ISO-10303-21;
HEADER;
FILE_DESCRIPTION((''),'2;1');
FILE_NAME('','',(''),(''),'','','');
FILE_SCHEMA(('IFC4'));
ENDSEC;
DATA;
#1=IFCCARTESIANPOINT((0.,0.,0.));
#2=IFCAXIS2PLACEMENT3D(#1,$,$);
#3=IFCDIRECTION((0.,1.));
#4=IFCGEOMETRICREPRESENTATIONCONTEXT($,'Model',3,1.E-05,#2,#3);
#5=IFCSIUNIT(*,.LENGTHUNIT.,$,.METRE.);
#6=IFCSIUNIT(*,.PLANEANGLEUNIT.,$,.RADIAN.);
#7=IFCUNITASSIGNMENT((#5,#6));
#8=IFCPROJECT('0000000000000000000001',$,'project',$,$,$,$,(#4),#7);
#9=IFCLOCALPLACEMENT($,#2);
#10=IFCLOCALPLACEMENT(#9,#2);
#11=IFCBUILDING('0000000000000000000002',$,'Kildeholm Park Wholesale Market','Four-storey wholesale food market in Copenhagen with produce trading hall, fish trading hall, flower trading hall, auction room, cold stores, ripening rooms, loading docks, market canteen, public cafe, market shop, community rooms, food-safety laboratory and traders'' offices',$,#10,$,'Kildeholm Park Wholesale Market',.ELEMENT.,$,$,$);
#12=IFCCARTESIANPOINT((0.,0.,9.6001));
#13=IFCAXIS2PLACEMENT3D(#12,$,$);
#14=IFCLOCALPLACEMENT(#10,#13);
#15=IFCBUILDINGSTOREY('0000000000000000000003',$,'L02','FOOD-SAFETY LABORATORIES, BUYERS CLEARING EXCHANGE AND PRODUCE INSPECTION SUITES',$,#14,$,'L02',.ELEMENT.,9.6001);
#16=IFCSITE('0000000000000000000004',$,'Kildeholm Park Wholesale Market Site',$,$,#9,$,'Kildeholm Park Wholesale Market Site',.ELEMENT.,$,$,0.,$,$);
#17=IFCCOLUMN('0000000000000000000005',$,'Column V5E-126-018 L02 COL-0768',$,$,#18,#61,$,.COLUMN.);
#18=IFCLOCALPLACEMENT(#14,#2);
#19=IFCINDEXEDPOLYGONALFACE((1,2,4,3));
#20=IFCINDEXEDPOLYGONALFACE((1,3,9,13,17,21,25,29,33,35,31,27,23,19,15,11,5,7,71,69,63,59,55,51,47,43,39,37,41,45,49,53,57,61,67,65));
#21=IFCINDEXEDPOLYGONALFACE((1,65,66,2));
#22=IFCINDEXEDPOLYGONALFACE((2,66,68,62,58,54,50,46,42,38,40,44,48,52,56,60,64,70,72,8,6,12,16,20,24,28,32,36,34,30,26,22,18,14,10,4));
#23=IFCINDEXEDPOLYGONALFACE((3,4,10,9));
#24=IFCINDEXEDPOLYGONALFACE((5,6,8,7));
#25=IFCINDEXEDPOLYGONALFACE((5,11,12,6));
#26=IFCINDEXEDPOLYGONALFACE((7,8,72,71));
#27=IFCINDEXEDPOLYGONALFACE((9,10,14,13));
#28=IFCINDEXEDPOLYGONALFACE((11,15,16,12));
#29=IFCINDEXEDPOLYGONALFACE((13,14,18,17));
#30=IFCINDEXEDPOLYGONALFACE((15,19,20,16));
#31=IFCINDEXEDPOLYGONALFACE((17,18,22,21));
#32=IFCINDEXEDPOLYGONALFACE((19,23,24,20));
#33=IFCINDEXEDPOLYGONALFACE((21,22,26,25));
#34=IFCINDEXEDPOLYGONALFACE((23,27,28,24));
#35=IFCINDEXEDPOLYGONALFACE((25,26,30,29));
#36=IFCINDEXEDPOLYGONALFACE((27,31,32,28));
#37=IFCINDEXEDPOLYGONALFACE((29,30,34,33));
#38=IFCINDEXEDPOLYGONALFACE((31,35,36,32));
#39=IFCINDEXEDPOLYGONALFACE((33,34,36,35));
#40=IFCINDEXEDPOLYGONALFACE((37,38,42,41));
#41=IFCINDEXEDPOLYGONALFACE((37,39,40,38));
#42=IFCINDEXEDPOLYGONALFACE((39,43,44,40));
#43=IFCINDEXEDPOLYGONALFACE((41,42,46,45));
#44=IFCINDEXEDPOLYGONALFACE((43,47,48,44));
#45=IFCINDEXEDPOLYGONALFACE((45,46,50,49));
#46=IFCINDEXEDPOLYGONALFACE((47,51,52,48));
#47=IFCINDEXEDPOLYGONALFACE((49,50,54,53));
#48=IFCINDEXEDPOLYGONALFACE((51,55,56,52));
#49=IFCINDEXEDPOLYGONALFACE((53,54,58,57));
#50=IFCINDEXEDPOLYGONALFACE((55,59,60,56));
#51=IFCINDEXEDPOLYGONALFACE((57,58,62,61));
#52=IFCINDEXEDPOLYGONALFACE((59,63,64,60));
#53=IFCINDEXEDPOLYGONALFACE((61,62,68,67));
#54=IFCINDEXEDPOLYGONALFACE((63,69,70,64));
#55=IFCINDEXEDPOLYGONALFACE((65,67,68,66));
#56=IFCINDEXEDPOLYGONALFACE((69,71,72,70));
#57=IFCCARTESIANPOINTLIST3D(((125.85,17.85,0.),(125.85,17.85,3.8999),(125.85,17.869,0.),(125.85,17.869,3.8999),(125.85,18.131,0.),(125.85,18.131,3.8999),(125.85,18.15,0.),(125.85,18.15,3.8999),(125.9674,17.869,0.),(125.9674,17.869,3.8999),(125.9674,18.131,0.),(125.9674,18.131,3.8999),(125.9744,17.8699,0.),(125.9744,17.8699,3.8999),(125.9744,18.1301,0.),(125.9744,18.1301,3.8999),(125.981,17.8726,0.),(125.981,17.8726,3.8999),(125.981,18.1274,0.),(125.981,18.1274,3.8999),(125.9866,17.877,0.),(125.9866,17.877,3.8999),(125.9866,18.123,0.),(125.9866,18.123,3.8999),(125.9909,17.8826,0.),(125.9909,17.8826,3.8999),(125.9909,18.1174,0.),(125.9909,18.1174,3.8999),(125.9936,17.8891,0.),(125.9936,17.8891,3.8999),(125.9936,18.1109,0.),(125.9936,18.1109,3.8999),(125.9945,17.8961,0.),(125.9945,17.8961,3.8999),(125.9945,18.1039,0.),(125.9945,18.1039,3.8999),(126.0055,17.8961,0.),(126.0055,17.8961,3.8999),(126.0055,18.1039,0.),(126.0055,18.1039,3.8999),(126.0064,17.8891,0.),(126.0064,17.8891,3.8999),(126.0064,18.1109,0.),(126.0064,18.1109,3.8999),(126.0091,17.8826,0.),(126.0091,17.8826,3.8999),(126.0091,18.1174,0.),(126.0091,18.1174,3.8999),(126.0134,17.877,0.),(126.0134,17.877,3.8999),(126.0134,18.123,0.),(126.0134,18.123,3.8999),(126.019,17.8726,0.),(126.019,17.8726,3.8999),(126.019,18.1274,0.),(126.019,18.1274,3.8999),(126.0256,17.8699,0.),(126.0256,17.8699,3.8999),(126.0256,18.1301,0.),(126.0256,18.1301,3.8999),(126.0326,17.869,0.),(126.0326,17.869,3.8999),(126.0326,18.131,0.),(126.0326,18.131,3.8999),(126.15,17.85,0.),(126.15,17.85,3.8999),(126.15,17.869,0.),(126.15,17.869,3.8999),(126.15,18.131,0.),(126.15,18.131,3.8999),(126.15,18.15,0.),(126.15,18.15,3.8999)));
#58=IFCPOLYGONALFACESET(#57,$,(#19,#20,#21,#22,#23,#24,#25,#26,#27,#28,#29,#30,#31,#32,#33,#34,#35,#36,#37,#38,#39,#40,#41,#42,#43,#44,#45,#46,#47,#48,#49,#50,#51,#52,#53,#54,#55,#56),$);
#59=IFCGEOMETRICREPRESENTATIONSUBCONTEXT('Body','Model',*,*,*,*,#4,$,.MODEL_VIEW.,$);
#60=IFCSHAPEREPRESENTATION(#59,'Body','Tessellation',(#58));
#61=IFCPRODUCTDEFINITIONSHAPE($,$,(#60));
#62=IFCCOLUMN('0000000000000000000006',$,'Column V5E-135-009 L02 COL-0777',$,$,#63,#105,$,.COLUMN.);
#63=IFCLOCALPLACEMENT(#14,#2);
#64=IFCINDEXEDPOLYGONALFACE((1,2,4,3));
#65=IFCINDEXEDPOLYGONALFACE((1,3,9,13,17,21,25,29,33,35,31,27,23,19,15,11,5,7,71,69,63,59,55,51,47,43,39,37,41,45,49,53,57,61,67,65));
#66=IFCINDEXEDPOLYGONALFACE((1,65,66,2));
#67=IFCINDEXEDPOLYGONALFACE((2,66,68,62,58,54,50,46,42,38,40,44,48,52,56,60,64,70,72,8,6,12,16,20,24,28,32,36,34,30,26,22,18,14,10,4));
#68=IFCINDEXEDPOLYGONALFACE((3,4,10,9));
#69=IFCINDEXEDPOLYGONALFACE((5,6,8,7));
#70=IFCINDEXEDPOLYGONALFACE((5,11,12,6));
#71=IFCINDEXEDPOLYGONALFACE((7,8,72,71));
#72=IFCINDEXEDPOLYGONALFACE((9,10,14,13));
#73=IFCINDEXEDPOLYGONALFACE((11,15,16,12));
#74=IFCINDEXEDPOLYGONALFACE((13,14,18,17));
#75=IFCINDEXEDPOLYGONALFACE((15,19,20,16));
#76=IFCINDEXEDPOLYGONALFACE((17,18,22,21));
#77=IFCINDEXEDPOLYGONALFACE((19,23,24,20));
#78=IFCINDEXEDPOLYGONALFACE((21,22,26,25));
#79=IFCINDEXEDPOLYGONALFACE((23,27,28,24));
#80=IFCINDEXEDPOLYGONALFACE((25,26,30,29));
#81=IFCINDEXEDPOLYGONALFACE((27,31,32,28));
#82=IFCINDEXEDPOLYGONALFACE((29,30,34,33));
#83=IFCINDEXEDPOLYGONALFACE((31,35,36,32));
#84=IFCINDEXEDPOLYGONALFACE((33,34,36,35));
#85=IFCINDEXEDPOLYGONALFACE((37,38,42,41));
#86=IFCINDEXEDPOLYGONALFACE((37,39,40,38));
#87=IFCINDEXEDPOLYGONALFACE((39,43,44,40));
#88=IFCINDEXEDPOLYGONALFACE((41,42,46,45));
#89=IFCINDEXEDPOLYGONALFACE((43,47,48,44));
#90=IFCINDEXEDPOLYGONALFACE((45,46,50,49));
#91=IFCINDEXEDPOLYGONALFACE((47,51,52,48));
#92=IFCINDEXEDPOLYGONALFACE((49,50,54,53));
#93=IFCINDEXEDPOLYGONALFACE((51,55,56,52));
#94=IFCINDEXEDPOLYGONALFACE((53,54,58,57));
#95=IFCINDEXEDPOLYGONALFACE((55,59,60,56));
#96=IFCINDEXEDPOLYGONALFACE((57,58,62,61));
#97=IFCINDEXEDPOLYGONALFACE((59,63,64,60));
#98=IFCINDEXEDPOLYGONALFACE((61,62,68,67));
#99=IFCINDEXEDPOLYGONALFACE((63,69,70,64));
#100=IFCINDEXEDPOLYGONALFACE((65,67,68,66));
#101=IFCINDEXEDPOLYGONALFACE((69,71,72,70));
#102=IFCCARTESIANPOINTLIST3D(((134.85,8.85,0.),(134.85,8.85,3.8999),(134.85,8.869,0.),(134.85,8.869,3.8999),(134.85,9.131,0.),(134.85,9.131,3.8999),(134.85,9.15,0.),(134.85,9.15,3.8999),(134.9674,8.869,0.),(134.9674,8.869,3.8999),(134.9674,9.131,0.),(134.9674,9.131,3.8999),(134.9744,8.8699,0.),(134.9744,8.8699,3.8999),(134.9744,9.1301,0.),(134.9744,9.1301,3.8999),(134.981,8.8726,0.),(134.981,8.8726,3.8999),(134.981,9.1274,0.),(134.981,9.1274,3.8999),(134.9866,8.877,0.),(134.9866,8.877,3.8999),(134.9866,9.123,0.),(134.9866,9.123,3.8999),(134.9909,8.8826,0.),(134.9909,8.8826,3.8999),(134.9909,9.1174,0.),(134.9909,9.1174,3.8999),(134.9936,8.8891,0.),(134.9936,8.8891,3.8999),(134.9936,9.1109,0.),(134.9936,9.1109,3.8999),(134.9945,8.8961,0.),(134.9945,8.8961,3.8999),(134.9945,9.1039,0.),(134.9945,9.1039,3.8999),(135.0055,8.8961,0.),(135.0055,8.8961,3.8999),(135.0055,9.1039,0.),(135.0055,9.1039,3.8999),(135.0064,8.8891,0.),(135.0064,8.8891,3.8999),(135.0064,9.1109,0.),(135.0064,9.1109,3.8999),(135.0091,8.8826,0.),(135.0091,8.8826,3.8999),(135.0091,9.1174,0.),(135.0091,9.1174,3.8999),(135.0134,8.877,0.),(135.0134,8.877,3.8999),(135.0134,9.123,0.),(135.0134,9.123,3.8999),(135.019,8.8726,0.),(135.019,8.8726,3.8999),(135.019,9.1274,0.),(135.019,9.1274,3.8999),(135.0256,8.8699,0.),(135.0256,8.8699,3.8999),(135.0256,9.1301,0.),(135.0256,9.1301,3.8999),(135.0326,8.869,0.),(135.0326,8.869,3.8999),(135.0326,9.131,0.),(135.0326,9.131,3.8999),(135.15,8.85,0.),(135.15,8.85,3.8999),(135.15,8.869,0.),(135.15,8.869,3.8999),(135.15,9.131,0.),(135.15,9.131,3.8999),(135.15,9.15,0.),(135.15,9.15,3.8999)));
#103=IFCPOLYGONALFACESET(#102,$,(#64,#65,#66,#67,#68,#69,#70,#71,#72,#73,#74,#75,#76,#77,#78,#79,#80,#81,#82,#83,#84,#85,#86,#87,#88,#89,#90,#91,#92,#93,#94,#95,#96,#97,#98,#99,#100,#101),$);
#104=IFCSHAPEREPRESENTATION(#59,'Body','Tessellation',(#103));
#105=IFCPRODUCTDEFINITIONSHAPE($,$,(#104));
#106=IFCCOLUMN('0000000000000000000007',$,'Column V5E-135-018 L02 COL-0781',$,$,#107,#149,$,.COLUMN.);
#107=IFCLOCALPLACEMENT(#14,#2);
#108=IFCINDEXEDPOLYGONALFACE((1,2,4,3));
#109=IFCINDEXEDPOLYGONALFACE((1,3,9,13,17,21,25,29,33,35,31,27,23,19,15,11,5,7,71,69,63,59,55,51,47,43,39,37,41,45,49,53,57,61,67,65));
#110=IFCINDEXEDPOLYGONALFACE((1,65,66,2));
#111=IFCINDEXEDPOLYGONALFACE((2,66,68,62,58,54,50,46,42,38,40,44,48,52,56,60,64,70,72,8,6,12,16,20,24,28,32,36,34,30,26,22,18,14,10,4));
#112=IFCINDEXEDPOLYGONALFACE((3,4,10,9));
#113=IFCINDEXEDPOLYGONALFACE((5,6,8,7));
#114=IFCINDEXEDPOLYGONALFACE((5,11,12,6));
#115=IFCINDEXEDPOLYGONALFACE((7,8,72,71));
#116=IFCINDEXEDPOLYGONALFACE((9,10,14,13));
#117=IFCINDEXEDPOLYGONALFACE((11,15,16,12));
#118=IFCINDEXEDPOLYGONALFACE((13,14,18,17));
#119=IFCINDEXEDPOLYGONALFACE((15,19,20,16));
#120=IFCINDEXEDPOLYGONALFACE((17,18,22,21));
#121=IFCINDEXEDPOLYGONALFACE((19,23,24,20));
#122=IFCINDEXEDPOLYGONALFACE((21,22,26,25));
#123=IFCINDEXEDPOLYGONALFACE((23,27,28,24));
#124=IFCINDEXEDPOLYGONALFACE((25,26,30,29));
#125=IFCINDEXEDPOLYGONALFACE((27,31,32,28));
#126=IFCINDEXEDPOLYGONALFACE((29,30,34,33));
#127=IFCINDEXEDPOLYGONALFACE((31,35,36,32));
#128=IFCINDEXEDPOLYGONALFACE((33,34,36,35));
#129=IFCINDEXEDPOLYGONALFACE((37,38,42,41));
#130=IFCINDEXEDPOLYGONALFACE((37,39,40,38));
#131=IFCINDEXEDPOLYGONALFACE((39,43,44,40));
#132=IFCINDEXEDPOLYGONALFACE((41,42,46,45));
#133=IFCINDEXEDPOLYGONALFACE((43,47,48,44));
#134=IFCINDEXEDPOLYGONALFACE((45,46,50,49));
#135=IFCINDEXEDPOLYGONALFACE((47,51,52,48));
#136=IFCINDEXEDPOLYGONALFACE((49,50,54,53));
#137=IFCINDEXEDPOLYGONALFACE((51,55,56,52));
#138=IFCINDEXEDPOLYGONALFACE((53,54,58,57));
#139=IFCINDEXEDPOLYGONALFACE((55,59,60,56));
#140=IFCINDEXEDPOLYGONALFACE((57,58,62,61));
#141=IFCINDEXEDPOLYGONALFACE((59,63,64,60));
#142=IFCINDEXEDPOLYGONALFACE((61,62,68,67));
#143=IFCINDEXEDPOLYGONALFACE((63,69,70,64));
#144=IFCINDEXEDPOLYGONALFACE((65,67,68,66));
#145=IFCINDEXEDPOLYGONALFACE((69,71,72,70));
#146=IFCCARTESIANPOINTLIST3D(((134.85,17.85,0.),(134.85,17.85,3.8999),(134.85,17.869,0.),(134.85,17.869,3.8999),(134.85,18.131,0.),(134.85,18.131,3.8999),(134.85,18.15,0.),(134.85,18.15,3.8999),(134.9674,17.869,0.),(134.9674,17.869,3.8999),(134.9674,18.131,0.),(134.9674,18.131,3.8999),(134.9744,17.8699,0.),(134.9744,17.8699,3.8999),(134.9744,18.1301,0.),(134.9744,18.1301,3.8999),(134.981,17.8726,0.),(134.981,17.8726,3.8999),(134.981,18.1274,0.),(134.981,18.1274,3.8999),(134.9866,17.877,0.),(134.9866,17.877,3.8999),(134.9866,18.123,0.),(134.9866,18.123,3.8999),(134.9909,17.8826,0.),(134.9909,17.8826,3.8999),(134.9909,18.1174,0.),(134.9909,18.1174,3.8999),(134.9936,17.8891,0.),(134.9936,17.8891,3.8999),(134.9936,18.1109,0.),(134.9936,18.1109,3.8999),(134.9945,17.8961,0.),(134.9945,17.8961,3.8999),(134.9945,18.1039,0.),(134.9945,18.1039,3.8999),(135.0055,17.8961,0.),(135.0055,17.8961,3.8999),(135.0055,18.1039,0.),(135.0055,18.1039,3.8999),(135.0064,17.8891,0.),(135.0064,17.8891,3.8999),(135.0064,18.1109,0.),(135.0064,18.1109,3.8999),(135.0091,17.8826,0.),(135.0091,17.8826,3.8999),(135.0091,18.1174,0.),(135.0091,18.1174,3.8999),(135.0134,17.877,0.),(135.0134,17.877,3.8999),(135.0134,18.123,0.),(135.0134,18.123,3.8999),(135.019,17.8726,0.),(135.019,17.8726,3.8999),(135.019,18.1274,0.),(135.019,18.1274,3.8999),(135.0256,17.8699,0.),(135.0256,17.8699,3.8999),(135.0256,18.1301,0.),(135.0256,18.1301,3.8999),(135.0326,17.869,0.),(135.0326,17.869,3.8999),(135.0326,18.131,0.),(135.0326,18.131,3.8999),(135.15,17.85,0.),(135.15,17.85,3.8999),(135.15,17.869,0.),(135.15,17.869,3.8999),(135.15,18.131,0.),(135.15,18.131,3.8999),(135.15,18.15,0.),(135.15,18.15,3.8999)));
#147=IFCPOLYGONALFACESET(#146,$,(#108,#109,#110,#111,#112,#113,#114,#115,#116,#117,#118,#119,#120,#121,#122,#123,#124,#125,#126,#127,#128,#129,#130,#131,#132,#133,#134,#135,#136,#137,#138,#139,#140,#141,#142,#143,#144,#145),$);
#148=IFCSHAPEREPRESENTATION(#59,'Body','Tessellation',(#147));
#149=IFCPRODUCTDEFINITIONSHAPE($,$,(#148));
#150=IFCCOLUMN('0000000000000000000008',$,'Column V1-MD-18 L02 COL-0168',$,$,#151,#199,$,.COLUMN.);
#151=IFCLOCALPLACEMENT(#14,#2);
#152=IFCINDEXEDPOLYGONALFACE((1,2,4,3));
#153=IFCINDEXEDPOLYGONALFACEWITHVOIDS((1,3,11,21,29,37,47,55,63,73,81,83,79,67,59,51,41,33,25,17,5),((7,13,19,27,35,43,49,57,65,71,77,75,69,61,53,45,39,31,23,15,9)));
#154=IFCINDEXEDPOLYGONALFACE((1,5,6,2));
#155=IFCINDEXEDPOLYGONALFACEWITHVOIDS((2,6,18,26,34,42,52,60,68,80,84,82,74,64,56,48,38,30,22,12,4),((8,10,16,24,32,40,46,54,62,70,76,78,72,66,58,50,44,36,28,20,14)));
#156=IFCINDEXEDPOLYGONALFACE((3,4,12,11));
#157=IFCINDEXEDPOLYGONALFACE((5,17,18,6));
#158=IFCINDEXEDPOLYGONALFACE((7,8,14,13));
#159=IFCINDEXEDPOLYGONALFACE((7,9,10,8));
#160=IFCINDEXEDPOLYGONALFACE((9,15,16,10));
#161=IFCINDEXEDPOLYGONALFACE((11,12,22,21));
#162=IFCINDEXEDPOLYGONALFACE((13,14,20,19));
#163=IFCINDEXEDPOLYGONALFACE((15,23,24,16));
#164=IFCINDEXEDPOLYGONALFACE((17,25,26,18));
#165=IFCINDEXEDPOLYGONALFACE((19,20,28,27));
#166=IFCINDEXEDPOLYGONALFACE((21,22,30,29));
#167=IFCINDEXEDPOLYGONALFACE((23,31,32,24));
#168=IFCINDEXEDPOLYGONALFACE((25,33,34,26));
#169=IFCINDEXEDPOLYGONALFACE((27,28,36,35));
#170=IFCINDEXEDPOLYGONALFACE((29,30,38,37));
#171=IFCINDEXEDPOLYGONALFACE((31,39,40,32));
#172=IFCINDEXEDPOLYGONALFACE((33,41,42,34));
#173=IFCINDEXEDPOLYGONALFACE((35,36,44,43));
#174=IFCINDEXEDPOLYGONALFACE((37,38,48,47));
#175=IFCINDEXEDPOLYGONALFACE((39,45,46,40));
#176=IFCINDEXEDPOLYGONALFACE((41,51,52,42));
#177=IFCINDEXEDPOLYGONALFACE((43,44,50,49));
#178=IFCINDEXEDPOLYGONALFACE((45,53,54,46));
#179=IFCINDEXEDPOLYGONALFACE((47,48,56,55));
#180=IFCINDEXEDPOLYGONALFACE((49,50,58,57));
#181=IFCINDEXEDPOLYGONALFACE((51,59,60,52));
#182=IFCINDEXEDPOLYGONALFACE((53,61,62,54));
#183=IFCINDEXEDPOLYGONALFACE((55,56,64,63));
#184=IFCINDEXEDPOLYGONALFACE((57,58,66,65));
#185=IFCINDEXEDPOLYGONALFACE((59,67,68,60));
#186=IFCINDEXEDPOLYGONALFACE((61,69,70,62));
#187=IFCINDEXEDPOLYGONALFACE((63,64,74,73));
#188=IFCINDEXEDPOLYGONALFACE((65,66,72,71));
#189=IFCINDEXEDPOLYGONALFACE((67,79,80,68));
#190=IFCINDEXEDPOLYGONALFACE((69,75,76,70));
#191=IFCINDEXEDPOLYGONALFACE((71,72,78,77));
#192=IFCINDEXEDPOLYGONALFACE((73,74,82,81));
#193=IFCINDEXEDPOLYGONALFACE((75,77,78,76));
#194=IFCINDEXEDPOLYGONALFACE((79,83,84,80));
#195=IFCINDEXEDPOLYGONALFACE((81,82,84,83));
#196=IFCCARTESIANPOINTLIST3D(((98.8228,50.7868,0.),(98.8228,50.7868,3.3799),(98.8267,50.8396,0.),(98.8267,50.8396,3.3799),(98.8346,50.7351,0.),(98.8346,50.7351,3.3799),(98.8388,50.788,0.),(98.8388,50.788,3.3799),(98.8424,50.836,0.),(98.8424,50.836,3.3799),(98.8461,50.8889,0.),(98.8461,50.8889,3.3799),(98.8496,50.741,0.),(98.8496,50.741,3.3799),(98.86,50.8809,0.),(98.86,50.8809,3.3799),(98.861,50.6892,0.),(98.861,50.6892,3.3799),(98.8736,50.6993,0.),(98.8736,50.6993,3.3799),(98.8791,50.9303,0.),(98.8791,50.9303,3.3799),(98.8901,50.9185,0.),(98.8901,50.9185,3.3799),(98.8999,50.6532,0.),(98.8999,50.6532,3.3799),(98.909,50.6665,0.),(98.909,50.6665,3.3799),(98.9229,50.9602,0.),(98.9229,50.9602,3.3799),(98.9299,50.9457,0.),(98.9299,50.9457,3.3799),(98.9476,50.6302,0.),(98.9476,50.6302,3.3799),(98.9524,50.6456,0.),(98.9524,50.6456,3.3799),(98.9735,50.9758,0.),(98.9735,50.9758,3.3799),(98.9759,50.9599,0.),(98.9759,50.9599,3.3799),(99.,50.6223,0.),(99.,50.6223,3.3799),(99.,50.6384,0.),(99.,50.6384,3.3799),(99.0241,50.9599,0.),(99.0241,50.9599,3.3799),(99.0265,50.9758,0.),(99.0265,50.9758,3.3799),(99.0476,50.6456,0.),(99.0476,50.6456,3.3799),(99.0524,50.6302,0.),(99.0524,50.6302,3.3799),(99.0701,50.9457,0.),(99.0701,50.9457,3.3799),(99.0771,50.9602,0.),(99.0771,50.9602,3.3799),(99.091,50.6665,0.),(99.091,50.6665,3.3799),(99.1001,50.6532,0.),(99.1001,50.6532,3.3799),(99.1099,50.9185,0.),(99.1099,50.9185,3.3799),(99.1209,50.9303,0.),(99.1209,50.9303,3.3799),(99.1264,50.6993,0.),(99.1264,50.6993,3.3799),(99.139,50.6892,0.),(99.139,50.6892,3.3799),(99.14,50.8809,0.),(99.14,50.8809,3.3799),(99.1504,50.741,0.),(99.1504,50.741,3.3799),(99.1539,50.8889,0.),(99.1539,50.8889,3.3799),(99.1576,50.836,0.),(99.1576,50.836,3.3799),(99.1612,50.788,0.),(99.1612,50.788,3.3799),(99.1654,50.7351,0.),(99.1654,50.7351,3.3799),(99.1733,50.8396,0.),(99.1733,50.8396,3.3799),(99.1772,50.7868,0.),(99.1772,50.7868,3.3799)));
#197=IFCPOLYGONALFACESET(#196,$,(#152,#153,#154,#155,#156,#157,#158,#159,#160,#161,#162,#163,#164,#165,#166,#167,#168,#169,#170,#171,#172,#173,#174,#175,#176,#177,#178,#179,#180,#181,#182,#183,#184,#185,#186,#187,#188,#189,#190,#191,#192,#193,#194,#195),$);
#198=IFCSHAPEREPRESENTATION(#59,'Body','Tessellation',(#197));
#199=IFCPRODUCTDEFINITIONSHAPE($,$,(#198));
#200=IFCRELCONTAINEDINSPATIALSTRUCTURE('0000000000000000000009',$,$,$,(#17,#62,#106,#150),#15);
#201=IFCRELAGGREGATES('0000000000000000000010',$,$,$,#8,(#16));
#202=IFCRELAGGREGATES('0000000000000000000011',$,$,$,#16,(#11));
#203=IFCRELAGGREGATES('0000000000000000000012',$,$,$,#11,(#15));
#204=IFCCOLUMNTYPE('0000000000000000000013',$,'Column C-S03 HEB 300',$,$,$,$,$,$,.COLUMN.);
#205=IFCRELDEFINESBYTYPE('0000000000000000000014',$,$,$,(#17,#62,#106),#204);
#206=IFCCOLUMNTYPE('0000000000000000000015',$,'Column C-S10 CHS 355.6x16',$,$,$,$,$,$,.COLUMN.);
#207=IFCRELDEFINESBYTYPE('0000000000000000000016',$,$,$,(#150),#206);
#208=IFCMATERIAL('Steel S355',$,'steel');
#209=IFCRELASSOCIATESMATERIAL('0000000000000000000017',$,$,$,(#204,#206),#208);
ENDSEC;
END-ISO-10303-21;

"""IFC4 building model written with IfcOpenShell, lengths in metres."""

from ifc_helpers import new_model, si_unit, direction, frame, origin, origin_2d, place, context, subcontext, project, spatial, hollow_circle, i_section, extrude, material, material_profile, profile_set, type_object, element, save


model = new_model("IFC4")

# Units and contexts
model_context = context("Model", 3, precision=1e-05, world=origin(), true_north=direction((0.0, 1.0)))
body_context = subcontext(model_context, "Body", "Model", "MODEL_VIEW")
ifc_project = project(units=[si_unit("LENGTHUNIT", "METRE"), si_unit("PLANEANGLEUNIT", "RADIAN")], contexts=[model_context])

# Site, building, storey
site_placement = place(None, origin())
site = spatial("IfcSite", under=ifc_project, at=site_placement, Name="Kildeholm Park Wholesale Market Site", LongName="Kildeholm Park Wholesale Market Site", CompositionType="ELEMENT", RefElevation=0.0)
building_placement = place(site_placement, origin())
building = spatial("IfcBuilding", under=site, at=building_placement, Name="Kildeholm Park Wholesale Market", Description="Four-storey wholesale food market in Copenhagen with produce trading hall, fish trading hall, flower trading hall, auction room, cold stores, ripening rooms, loading docks, market canteen, public cafe, market shop, community rooms, food-safety laboratory and traders' offices", LongName="Kildeholm Park Wholesale Market", CompositionType="ELEMENT")
storey_placement = place(building_placement, frame((0.0, 0.0, 9.6001)))
storey = spatial("IfcBuildingStorey", under=building, at=storey_placement, Name="L02", Description="FOOD-SAFETY LABORATORIES, BUYERS CLEARING EXCHANGE AND PRODUCE INSPECTION SUITES", LongName="L02", CompositionType="ELEMENT", Elevation=9.6001)

# Columns
ifc_material_1 = material(Name="Steel S355", Category="steel")
ifc_material_profile_1 = material_profile(ifc_material_1, i_section(OverallWidth=0.3, OverallDepth=0.3, WebThickness=0.011, FlangeThickness=0.019, FilletRadius=0.0271, at=origin_2d()), Name="HEB 300")
ifc_profile_set_1 = profile_set([ifc_material_profile_1], Name="Steel S355")
column_type_1 = type_object("IfcColumnType", Name="Column C-S03 HEB 300", PredefinedType="COLUMN", material=ifc_profile_set_1)
for number, where, z_axis, x_axis, name in (
    (1, (126.0, 18.0, 0.0), (0.0, 0.0, 1.0), (1.0, 0.0, 0.0), "Column V5E-126-018 L02 COL-0768"),
    (2, (135.0, 9.0, 0.0), (0.0, 0.0, 1.0), (1.0, 0.0, 0.0), "Column V5E-135-009 L02 COL-0777"),
    (3, (135.0, 18.0, 0.0), (0.0, 0.0, 1.0), (1.0, 0.0, 0.0), "Column V5E-135-018 L02 COL-0781"),
):
    element("IfcColumn", number, at=place(storey_placement, frame(where, z_axis=z_axis, x_axis=x_axis)), inside=storey, type_object=column_type_1, Name=name, PredefinedType="COLUMN", context=body_context, shape_type="SweptSolid", body=[
        extrude(i_section(OverallWidth=0.3, OverallDepth=0.3, WebThickness=0.011, FlangeThickness=0.019, FilletRadius=0.0271, at=origin_2d()), origin(), (0.0, 0.0, 1.0), 3.8999),
    ])
ifc_material_profile_2 = material_profile(ifc_material_1, hollow_circle(Radius=0.1777, WallThickness=0.0161, at=origin_2d()), Name="CHS 355.6x16")
ifc_profile_set_2 = profile_set([ifc_material_profile_2], Name="Steel S355")
column_type_2 = type_object("IfcColumnType", Name="Column C-S10 CHS 355.6x16", PredefinedType="COLUMN", material=ifc_profile_set_2)
column_placement = place(storey_placement, frame((99.0, 50.8, 0.0), z_axis=(0.0, 0.0, 1.0), x_axis=(0.0, -1.0, 0.0)))
element("IfcColumn", 4, at=column_placement, inside=storey, type_object=column_type_2, Name="Column V1-MD-18 L02 COL-0168", PredefinedType="COLUMN", context=body_context, shape_type="SweptSolid", body=[
    extrude(hollow_circle(Radius=0.1777, WallThickness=0.0161, at=origin_2d()), origin(), (0.0, 0.0, 1.0), 3.3799),
])

save(model, "model.ifc")
